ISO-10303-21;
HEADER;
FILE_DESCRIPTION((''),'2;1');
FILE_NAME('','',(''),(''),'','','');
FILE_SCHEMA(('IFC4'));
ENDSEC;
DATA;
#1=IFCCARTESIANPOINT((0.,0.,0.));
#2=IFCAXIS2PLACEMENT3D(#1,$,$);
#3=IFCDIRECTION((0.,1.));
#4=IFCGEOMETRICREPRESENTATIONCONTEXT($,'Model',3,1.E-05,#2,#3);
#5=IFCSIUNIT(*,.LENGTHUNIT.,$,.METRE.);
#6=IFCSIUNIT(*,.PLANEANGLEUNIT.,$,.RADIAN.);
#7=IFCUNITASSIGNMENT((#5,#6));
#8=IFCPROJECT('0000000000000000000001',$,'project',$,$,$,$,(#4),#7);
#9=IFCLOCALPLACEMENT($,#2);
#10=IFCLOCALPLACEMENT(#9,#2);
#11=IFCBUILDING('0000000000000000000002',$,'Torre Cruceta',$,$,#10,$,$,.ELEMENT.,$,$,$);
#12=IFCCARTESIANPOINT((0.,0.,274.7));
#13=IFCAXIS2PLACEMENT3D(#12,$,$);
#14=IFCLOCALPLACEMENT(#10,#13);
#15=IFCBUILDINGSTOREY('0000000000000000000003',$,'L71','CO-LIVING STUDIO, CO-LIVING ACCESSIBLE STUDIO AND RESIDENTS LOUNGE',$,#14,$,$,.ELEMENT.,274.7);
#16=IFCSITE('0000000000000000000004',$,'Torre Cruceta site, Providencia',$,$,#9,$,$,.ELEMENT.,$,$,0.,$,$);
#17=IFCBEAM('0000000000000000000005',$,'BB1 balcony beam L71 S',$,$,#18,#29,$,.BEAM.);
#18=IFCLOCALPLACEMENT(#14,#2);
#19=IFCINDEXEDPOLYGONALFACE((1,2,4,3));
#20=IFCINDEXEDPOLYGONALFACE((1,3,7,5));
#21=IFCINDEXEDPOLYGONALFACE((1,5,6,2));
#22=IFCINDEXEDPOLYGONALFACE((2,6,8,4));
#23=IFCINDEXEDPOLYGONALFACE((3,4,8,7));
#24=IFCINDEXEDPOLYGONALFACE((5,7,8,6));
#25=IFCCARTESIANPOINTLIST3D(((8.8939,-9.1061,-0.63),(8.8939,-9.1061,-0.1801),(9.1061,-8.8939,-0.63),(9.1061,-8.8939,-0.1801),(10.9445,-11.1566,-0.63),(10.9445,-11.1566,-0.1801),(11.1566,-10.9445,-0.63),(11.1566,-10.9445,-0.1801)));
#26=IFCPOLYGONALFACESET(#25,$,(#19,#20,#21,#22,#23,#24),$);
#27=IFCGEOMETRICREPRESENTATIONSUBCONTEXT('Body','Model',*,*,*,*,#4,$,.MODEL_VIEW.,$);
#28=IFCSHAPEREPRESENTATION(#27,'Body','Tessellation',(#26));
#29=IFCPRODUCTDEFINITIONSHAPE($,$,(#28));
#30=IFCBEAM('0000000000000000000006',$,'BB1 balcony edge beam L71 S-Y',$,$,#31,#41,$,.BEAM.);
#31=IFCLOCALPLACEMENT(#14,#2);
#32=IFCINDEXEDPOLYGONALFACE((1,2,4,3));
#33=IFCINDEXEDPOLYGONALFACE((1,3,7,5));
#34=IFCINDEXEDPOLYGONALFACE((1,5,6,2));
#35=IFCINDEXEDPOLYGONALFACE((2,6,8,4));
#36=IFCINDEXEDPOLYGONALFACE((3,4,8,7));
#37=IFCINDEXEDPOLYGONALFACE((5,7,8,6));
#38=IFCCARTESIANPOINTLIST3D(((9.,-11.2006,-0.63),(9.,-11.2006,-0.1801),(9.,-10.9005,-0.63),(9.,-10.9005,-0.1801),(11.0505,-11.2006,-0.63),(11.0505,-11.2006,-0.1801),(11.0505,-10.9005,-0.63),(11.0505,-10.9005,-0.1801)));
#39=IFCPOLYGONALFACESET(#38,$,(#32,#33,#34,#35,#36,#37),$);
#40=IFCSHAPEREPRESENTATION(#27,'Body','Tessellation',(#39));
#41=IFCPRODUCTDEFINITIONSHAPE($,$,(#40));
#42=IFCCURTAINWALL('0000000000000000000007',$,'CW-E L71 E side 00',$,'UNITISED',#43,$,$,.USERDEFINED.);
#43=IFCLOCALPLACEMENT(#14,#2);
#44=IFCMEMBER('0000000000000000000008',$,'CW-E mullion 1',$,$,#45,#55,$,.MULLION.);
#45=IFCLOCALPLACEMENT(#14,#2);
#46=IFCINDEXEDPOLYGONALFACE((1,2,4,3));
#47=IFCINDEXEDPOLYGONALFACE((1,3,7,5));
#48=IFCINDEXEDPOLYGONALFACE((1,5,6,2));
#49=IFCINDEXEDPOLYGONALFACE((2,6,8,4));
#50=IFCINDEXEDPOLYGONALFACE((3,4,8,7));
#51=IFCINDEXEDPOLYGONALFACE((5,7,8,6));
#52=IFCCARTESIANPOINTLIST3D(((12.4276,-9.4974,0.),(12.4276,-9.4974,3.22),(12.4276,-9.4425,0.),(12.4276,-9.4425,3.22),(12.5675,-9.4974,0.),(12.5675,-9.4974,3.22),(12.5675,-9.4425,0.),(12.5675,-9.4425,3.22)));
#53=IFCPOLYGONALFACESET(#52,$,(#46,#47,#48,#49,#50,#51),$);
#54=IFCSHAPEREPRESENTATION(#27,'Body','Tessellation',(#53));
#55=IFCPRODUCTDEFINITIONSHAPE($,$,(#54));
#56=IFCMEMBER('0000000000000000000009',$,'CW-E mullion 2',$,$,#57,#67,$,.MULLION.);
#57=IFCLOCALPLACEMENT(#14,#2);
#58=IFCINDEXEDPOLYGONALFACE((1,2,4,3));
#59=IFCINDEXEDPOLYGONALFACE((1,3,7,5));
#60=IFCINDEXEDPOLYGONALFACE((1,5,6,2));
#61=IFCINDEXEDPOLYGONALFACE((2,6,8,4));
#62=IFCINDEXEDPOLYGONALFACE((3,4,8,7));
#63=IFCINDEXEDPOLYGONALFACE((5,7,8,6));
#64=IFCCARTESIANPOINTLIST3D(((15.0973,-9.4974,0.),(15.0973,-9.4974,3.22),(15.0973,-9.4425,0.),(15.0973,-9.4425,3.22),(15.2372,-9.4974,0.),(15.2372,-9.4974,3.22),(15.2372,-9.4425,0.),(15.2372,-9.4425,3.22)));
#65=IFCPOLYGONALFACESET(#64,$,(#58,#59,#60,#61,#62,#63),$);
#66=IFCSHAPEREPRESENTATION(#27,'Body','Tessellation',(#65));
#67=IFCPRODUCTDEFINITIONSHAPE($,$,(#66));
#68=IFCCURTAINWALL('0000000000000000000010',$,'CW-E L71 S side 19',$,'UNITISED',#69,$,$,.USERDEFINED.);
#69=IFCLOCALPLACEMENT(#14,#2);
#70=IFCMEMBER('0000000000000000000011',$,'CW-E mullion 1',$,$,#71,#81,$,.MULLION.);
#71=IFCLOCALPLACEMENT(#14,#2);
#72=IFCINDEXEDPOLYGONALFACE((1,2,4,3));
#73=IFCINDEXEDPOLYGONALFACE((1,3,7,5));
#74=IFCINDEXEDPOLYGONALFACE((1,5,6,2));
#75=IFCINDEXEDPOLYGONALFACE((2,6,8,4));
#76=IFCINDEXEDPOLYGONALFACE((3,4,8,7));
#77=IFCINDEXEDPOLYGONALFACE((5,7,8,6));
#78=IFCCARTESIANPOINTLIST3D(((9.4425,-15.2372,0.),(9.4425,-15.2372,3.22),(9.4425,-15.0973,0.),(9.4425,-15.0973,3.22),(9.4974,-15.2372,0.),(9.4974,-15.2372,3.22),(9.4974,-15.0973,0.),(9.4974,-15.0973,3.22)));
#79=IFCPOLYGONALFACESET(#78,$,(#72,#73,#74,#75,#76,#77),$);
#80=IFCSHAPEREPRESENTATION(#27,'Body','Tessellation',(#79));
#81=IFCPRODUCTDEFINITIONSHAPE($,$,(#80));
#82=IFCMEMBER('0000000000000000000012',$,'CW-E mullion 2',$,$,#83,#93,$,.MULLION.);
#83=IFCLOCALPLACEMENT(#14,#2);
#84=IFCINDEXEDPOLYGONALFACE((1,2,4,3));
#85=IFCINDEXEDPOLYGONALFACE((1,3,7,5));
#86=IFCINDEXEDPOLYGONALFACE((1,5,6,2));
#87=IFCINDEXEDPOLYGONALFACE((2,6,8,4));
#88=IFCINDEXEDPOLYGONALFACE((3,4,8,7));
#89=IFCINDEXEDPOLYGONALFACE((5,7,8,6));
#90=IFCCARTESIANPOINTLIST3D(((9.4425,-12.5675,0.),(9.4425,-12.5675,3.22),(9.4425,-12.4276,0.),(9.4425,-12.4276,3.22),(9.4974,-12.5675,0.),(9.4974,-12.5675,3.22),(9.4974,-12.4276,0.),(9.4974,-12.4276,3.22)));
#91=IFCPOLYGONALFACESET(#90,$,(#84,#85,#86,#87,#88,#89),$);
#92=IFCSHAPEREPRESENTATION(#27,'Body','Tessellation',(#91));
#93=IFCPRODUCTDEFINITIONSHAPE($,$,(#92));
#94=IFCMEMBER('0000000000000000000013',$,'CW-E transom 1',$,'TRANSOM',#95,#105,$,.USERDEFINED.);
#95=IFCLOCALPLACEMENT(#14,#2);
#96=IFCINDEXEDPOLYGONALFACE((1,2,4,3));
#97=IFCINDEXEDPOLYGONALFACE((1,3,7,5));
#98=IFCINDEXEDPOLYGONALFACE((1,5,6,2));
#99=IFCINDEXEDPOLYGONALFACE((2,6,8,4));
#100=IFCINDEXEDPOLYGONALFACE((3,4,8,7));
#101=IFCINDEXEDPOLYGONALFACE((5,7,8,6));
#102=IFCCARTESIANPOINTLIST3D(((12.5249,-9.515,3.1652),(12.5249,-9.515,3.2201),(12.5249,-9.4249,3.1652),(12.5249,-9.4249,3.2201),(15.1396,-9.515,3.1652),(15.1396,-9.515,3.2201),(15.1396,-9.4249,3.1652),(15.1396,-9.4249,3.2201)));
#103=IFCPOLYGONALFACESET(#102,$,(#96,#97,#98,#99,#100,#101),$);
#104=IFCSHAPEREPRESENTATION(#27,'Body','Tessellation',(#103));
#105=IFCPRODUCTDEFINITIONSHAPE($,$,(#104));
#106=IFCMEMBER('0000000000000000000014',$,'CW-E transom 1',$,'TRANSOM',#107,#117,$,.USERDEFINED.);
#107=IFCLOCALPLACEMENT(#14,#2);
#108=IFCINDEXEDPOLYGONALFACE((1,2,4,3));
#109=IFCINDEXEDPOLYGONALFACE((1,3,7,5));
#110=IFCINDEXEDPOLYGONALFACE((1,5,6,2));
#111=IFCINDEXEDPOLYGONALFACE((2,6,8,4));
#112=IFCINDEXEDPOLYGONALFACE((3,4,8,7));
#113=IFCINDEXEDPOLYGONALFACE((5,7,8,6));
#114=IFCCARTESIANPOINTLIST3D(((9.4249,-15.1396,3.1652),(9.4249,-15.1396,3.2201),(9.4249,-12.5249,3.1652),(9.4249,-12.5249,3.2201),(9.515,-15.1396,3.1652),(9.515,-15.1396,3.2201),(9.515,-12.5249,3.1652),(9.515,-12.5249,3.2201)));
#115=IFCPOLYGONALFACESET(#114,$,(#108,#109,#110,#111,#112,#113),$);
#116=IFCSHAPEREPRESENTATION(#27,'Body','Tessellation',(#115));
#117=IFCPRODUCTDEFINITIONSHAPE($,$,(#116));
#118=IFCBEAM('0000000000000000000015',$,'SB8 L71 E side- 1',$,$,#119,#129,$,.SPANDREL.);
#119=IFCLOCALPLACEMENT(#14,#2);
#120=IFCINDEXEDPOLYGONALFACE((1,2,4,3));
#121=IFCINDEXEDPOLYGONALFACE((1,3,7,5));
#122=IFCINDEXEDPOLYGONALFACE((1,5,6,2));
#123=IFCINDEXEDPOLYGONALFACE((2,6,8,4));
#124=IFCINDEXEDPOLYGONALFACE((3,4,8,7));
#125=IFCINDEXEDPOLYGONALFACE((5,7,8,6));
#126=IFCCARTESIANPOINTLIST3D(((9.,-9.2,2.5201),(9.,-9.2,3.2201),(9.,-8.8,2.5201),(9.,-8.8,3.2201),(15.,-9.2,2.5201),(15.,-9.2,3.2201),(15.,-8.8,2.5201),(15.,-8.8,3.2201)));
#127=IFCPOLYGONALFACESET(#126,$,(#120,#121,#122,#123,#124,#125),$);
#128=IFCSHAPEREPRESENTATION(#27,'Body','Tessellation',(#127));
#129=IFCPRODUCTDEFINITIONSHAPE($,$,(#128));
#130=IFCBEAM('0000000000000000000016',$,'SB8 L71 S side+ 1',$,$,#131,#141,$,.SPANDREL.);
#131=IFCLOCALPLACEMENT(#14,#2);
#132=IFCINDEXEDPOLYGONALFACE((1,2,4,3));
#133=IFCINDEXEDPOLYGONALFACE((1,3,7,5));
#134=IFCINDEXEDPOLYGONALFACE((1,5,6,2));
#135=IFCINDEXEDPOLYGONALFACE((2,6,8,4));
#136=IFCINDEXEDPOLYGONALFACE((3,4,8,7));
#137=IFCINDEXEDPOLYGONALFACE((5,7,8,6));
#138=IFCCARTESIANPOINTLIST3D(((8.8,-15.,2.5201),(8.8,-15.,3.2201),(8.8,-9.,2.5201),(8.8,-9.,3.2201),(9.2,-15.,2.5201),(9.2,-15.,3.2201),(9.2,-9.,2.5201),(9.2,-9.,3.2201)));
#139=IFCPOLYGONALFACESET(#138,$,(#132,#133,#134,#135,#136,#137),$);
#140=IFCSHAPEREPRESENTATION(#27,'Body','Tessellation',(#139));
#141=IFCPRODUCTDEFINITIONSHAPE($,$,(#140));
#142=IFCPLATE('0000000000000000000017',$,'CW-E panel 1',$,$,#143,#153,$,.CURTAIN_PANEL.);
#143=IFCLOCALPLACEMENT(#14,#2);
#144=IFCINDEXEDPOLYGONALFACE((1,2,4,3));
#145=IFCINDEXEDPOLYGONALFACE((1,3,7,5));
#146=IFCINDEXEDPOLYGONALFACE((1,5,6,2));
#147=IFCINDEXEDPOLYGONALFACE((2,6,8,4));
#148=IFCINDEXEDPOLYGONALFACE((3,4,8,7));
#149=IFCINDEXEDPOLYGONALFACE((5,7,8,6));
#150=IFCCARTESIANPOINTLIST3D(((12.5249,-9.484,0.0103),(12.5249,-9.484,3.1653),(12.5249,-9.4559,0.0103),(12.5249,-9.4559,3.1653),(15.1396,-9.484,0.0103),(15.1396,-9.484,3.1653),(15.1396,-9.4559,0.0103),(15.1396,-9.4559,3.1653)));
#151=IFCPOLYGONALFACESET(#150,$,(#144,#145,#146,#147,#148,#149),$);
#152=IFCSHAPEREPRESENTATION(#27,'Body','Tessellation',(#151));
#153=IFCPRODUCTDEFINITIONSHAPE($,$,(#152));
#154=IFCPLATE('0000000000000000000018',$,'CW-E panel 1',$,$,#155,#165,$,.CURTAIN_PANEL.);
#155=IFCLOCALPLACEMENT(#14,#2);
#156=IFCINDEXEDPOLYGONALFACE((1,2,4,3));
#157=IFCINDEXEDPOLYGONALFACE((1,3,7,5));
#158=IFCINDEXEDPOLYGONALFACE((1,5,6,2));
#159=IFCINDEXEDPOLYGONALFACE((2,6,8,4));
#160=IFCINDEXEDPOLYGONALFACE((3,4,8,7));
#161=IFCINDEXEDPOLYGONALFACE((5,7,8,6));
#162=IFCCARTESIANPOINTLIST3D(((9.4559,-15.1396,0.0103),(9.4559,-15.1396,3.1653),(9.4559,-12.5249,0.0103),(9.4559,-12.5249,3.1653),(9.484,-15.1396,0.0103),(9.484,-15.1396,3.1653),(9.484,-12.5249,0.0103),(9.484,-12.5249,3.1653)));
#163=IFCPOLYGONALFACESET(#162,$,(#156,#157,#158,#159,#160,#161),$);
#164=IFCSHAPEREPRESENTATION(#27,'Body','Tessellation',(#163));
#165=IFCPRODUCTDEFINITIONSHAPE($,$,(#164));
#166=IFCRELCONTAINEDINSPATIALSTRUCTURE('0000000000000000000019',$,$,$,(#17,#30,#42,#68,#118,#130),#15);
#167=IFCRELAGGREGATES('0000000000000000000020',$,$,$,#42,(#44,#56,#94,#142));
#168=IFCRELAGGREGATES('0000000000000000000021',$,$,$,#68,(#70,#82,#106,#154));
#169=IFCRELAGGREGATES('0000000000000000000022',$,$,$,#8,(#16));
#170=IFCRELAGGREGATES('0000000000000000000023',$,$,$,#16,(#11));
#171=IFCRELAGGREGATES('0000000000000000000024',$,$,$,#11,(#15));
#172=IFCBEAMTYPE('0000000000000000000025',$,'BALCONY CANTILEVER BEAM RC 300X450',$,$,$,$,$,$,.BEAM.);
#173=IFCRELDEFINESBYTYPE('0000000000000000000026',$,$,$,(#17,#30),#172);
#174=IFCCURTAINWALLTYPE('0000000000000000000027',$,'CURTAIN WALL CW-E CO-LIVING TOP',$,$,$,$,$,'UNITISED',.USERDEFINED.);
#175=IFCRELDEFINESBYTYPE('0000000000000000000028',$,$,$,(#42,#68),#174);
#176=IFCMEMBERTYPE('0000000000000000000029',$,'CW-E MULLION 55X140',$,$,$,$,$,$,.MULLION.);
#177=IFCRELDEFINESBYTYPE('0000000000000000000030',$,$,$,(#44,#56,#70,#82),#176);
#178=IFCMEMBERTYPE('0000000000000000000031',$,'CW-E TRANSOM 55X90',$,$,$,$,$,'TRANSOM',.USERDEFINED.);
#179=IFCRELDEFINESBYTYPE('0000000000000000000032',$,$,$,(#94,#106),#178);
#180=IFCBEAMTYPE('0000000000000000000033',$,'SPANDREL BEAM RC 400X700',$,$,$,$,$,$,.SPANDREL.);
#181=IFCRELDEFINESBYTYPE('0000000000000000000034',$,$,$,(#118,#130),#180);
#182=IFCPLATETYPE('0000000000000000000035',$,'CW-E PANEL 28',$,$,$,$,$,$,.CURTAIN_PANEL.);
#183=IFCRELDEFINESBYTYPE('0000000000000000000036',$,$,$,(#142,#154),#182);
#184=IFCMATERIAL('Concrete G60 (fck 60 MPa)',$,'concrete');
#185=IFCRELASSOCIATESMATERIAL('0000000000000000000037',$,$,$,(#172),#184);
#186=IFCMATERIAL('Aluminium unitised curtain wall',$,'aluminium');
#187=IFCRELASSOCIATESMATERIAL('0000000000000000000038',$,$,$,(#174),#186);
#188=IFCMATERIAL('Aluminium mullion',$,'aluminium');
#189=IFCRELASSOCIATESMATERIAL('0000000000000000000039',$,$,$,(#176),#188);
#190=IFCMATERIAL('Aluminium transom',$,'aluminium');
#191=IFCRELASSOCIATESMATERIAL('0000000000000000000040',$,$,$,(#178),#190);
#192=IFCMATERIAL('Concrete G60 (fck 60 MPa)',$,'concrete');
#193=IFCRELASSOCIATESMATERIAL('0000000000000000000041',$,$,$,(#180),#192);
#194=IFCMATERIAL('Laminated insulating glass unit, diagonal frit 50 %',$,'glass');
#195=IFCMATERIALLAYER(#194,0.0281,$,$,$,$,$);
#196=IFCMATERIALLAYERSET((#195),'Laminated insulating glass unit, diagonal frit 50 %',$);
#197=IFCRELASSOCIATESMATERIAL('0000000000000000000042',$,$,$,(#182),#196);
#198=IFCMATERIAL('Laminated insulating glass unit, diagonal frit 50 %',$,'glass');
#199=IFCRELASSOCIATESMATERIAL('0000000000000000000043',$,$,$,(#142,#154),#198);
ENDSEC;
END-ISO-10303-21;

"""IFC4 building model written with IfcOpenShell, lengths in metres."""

from ifc_helpers import new_model, si_unit, direction, frame, origin, origin_2d, place, context, subcontext, project, spatial, rectangle, extrude, material, layer, layer_set, material_profile, profile_set, type_object, element, aggregate, save


model = new_model("IFC4")

# Units and contexts
model_context = context("Model", 3, precision=1e-05, world=origin(), true_north=direction((0.0, 1.0)))
body_context = subcontext(model_context, "Body", "Model", "MODEL_VIEW")
ifc_project = project(units=[si_unit("LENGTHUNIT", "METRE"), si_unit("PLANEANGLEUNIT", "RADIAN")], contexts=[model_context])

# Site, building, storey
site_placement = place(None, origin())
site = spatial("IfcSite", under=ifc_project, at=site_placement, Name="Torre Cruceta site, Providencia", CompositionType="ELEMENT", RefElevation=0.0)
building_placement = place(site_placement, origin())
building = spatial("IfcBuilding", under=site, at=building_placement, Name="Torre Cruceta", CompositionType="ELEMENT")
storey_placement = place(building_placement, frame((0.0, 0.0, 274.7)))
storey = spatial("IfcBuildingStorey", under=building, at=storey_placement, Name="L71", Description="CO-LIVING STUDIO, CO-LIVING ACCESSIBLE STUDIO AND RESIDENTS LOUNGE", CompositionType="ELEMENT", Elevation=274.7)

# Beams
ifc_material_1 = material(Name="Concrete G60 (fck 60 MPa)", Category="concrete")
ifc_material_profile_1 = material_profile(ifc_material_1, rectangle(XDim=0.3, YDim=0.45, at=origin_2d()), Name="RC 300X450")
ifc_profile_set_1 = profile_set([ifc_material_profile_1], Name="Concrete G60 (fck 60 MPa)")
beam_type_1 = type_object("IfcBeamType", Name="BALCONY CANTILEVER BEAM RC 300X450", PredefinedType="BEAM", material=ifc_profile_set_1)
beam_1_placement = place(storey_placement, frame((9.0, -9.0, -0.405), z_axis=(0.707107, -0.707107, 0.0), x_axis=(0.707107, 0.707107, 0.0)))
element("IfcBeam", 1, at=beam_1_placement, inside=storey, type_object=beam_type_1, Name="BB1 balcony beam L71 S", PredefinedType="BEAM", context=body_context, shape_type="SweptSolid", body=[
    extrude(rectangle(XDim=0.3, YDim=0.45, at=origin_2d()), origin(), (0.0, 0.0, 1.0), 2.8999),
])
beam_2_placement = place(storey_placement, frame((9.0, -11.0505, -0.405), z_axis=(1.0, 0.0, 0.0), x_axis=(0.0, 1.0, 0.0)))
element("IfcBeam", 2, at=beam_2_placement, inside=storey, type_object=beam_type_1, Name="BB1 balcony edge beam L71 S-Y", PredefinedType="BEAM", context=body_context, shape_type="SweptSolid", body=[
    extrude(rectangle(XDim=0.3, YDim=0.45, at=origin_2d()), origin(), (0.0, 0.0, 1.0), 2.0505),
])

# Curtain walls, members
ifc_material_2 = material(Name="Aluminium unitised curtain wall", Category="aluminium")
curtain_wall_type = type_object("IfcCurtainWallType", Name="CURTAIN WALL CW-E CO-LIVING TOP", ElementType="UNITISED", PredefinedType="USERDEFINED", material=ifc_material_2)
curtain_wall_1_placement = place(storey_placement, origin())
curtain_wall_1 = element("IfcCurtainWall", 3, at=curtain_wall_1_placement, inside=storey, type_object=curtain_wall_type, Name="CW-E L71 E side 00", ObjectType="UNITISED", PredefinedType="USERDEFINED")
ifc_material_3 = material(Name="Aluminium mullion", Category="aluminium")
ifc_material_profile_2 = material_profile(ifc_material_3, rectangle(XDim=0.0549, YDim=0.1399, at=origin_2d()), Name="AL 55X140")
ifc_profile_set_2 = profile_set([ifc_material_profile_2], Name="Aluminium mullion")
member_type_1 = type_object("IfcMemberType", Name="CW-E MULLION 55X140", PredefinedType="MULLION", material=ifc_profile_set_2)
member_1_placement = place(storey_placement, frame((12.4976, -9.47, 0.0), z_axis=(0.0, 0.0, 1.0), x_axis=(0.0, 1.0, 0.0)))
member_1 = element("IfcMember", 4, at=member_1_placement, type_object=member_type_1, Name="CW-E mullion 1", PredefinedType="MULLION", context=body_context, shape_type="SweptSolid", body=[
    extrude(rectangle(XDim=0.0549, YDim=0.1399, at=origin_2d()), origin(), (0.0, 0.0, 1.0), 3.22),
])
member_2_placement = place(storey_placement, frame((15.1672, -9.47, 0.0), z_axis=(0.0, 0.0, 1.0), x_axis=(0.0, 1.0, 0.0)))
member_2 = element("IfcMember", 5, at=member_2_placement, type_object=member_type_1, Name="CW-E mullion 2", PredefinedType="MULLION", context=body_context, shape_type="SweptSolid", body=[
    extrude(rectangle(XDim=0.0549, YDim=0.1399, at=origin_2d()), origin(), (0.0, 0.0, 1.0), 3.22),
])
curtain_wall_2_placement = place(storey_placement, origin())
curtain_wall_2 = element("IfcCurtainWall", 6, at=curtain_wall_2_placement, inside=storey, type_object=curtain_wall_type, Name="CW-E L71 S side 19", ObjectType="UNITISED", PredefinedType="USERDEFINED")
member_3_placement = place(storey_placement, frame((9.47, -15.1672, 0.0), z_axis=(0.0, 0.0, 1.0), x_axis=(-1.0, 0.0, 0.0)))
member_3 = element("IfcMember", 7, at=member_3_placement, type_object=member_type_1, Name="CW-E mullion 1", PredefinedType="MULLION", context=body_context, shape_type="SweptSolid", body=[
    extrude(rectangle(XDim=0.0549, YDim=0.1399, at=origin_2d()), origin(), (0.0, 0.0, 1.0), 3.22),
])
member_4_placement = place(storey_placement, frame((9.47, -12.4976, 0.0), z_axis=(0.0, 0.0, 1.0), x_axis=(-1.0, 0.0, 0.0)))
member_4 = element("IfcMember", 8, at=member_4_placement, type_object=member_type_1, Name="CW-E mullion 2", PredefinedType="MULLION", context=body_context, shape_type="SweptSolid", body=[
    extrude(rectangle(XDim=0.0549, YDim=0.1399, at=origin_2d()), origin(), (0.0, 0.0, 1.0), 3.22),
])

# Members
ifc_material_4 = material(Name="Aluminium transom", Category="aluminium")
ifc_material_profile_3 = material_profile(ifc_material_4, rectangle(XDim=0.0901, YDim=0.0549, at=origin_2d()), Name="AL 90X55")
ifc_profile_set_3 = profile_set([ifc_material_profile_3], Name="Aluminium transom")
member_type_2 = type_object("IfcMemberType", Name="CW-E TRANSOM 55X90", ElementType="TRANSOM", PredefinedType="USERDEFINED", material=ifc_profile_set_3)
member_5_placement = place(storey_placement, frame((12.5249, -9.47, 3.1926), z_axis=(1.0, 0.0, 0.0), x_axis=(0.0, 1.0, 0.0)))
member_5 = element("IfcMember", 9, at=member_5_placement, type_object=member_type_2, Name="CW-E transom 1", ObjectType="TRANSOM", PredefinedType="USERDEFINED", context=body_context, shape_type="SweptSolid", body=[
    extrude(rectangle(XDim=0.0901, YDim=0.0549, at=origin_2d()), origin(), (0.0, 0.0, 1.0), 2.6147),
])
member_6_placement = place(storey_placement, frame((9.47, -15.1396, 3.1926), z_axis=(0.0, 1.0, 0.0), x_axis=(-1.0, 0.0, 0.0)))
member_6 = element("IfcMember", 10, at=member_6_placement, type_object=member_type_2, Name="CW-E transom 1", ObjectType="TRANSOM", PredefinedType="USERDEFINED", context=body_context, shape_type="SweptSolid", body=[
    extrude(rectangle(XDim=0.0901, YDim=0.0549, at=origin_2d()), origin(), (0.0, 0.0, 1.0), 2.6147),
])

# Beams
ifc_material_5 = material(Name="Concrete G60 (fck 60 MPa)", Category="concrete")
ifc_material_profile_4 = material_profile(ifc_material_5, rectangle(XDim=0.3999, YDim=0.7, at=origin_2d()), Name="RC 400X700")
ifc_profile_set_4 = profile_set([ifc_material_profile_4], Name="Concrete G60 (fck 60 MPa)")
beam_type_2 = type_object("IfcBeamType", Name="SPANDREL BEAM RC 400X700", PredefinedType="SPANDREL", material=ifc_profile_set_4)
for number, where, z_axis, x_axis, name in (
    (11, (9.0, -9.0, 2.8701), (1.0, 0.0, 0.0), (0.0, 1.0, 0.0), "SB8 L71 E side- 1"),
    (12, (9.0, -9.0, 2.8701), (0.0, -1.0, 0.0), (1.0, 0.0, 0.0), "SB8 L71 S side+ 1"),
):
    element("IfcBeam", number, at=place(storey_placement, frame(where, z_axis=z_axis, x_axis=x_axis)), inside=storey, type_object=beam_type_2, Name=name, PredefinedType="SPANDREL", context=body_context, shape_type="SweptSolid", body=[
        extrude(rectangle(XDim=0.3999, YDim=0.7, at=origin_2d()), origin(), (0.0, 0.0, 1.0), 6.0),
    ])

# Plates
ifc_material_6 = material(Name="Laminated insulating glass unit, diagonal frit 50 %", Category="glass")
ifc_material_7 = material(Name="Laminated insulating glass unit, diagonal frit 50 %", Category="glass")
ifc_layer_1 = layer(ifc_material_7, 0.0281)
ifc_layer_set_1 = layer_set([ifc_layer_1], Name="Laminated insulating glass unit, diagonal frit 50 %")
plate_type = type_object("IfcPlateType", Name="CW-E PANEL 28", PredefinedType="CURTAIN_PANEL", material=ifc_layer_set_1)
plate_1_placement = place(storey_placement, frame((13.8323, -9.47, 0.0103), z_axis=(0.0, 0.0, 1.0), x_axis=(1.0, 0.0, 0.0)))
plate_1 = element("IfcPlate", 13, at=plate_1_placement, type_object=plate_type, material=ifc_material_6, Name="CW-E panel 1", PredefinedType="CURTAIN_PANEL", context=body_context, shape_type="SweptSolid", body=[
    extrude(rectangle(XDim=2.6147, YDim=0.0281, at=origin_2d()), origin(), (0.0, 0.0, 1.0), 3.155),
])
aggregate(curtain_wall_1, [member_1, member_2, member_5, plate_1])
plate_2_placement = place(storey_placement, frame((9.47, -13.8323, 0.0103), z_axis=(0.0, 0.0, 1.0), x_axis=(0.0, 1.0, 0.0)))
plate_2 = element("IfcPlate", 14, at=plate_2_placement, type_object=plate_type, material=ifc_material_6, Name="CW-E panel 1", PredefinedType="CURTAIN_PANEL", context=body_context, shape_type="SweptSolid", body=[
    extrude(rectangle(XDim=2.6147, YDim=0.0281, at=origin_2d()), origin(), (0.0, 0.0, 1.0), 3.155),
])
aggregate(curtain_wall_2, [member_3, member_4, member_6, plate_2])

save(model, "model.ifc")
